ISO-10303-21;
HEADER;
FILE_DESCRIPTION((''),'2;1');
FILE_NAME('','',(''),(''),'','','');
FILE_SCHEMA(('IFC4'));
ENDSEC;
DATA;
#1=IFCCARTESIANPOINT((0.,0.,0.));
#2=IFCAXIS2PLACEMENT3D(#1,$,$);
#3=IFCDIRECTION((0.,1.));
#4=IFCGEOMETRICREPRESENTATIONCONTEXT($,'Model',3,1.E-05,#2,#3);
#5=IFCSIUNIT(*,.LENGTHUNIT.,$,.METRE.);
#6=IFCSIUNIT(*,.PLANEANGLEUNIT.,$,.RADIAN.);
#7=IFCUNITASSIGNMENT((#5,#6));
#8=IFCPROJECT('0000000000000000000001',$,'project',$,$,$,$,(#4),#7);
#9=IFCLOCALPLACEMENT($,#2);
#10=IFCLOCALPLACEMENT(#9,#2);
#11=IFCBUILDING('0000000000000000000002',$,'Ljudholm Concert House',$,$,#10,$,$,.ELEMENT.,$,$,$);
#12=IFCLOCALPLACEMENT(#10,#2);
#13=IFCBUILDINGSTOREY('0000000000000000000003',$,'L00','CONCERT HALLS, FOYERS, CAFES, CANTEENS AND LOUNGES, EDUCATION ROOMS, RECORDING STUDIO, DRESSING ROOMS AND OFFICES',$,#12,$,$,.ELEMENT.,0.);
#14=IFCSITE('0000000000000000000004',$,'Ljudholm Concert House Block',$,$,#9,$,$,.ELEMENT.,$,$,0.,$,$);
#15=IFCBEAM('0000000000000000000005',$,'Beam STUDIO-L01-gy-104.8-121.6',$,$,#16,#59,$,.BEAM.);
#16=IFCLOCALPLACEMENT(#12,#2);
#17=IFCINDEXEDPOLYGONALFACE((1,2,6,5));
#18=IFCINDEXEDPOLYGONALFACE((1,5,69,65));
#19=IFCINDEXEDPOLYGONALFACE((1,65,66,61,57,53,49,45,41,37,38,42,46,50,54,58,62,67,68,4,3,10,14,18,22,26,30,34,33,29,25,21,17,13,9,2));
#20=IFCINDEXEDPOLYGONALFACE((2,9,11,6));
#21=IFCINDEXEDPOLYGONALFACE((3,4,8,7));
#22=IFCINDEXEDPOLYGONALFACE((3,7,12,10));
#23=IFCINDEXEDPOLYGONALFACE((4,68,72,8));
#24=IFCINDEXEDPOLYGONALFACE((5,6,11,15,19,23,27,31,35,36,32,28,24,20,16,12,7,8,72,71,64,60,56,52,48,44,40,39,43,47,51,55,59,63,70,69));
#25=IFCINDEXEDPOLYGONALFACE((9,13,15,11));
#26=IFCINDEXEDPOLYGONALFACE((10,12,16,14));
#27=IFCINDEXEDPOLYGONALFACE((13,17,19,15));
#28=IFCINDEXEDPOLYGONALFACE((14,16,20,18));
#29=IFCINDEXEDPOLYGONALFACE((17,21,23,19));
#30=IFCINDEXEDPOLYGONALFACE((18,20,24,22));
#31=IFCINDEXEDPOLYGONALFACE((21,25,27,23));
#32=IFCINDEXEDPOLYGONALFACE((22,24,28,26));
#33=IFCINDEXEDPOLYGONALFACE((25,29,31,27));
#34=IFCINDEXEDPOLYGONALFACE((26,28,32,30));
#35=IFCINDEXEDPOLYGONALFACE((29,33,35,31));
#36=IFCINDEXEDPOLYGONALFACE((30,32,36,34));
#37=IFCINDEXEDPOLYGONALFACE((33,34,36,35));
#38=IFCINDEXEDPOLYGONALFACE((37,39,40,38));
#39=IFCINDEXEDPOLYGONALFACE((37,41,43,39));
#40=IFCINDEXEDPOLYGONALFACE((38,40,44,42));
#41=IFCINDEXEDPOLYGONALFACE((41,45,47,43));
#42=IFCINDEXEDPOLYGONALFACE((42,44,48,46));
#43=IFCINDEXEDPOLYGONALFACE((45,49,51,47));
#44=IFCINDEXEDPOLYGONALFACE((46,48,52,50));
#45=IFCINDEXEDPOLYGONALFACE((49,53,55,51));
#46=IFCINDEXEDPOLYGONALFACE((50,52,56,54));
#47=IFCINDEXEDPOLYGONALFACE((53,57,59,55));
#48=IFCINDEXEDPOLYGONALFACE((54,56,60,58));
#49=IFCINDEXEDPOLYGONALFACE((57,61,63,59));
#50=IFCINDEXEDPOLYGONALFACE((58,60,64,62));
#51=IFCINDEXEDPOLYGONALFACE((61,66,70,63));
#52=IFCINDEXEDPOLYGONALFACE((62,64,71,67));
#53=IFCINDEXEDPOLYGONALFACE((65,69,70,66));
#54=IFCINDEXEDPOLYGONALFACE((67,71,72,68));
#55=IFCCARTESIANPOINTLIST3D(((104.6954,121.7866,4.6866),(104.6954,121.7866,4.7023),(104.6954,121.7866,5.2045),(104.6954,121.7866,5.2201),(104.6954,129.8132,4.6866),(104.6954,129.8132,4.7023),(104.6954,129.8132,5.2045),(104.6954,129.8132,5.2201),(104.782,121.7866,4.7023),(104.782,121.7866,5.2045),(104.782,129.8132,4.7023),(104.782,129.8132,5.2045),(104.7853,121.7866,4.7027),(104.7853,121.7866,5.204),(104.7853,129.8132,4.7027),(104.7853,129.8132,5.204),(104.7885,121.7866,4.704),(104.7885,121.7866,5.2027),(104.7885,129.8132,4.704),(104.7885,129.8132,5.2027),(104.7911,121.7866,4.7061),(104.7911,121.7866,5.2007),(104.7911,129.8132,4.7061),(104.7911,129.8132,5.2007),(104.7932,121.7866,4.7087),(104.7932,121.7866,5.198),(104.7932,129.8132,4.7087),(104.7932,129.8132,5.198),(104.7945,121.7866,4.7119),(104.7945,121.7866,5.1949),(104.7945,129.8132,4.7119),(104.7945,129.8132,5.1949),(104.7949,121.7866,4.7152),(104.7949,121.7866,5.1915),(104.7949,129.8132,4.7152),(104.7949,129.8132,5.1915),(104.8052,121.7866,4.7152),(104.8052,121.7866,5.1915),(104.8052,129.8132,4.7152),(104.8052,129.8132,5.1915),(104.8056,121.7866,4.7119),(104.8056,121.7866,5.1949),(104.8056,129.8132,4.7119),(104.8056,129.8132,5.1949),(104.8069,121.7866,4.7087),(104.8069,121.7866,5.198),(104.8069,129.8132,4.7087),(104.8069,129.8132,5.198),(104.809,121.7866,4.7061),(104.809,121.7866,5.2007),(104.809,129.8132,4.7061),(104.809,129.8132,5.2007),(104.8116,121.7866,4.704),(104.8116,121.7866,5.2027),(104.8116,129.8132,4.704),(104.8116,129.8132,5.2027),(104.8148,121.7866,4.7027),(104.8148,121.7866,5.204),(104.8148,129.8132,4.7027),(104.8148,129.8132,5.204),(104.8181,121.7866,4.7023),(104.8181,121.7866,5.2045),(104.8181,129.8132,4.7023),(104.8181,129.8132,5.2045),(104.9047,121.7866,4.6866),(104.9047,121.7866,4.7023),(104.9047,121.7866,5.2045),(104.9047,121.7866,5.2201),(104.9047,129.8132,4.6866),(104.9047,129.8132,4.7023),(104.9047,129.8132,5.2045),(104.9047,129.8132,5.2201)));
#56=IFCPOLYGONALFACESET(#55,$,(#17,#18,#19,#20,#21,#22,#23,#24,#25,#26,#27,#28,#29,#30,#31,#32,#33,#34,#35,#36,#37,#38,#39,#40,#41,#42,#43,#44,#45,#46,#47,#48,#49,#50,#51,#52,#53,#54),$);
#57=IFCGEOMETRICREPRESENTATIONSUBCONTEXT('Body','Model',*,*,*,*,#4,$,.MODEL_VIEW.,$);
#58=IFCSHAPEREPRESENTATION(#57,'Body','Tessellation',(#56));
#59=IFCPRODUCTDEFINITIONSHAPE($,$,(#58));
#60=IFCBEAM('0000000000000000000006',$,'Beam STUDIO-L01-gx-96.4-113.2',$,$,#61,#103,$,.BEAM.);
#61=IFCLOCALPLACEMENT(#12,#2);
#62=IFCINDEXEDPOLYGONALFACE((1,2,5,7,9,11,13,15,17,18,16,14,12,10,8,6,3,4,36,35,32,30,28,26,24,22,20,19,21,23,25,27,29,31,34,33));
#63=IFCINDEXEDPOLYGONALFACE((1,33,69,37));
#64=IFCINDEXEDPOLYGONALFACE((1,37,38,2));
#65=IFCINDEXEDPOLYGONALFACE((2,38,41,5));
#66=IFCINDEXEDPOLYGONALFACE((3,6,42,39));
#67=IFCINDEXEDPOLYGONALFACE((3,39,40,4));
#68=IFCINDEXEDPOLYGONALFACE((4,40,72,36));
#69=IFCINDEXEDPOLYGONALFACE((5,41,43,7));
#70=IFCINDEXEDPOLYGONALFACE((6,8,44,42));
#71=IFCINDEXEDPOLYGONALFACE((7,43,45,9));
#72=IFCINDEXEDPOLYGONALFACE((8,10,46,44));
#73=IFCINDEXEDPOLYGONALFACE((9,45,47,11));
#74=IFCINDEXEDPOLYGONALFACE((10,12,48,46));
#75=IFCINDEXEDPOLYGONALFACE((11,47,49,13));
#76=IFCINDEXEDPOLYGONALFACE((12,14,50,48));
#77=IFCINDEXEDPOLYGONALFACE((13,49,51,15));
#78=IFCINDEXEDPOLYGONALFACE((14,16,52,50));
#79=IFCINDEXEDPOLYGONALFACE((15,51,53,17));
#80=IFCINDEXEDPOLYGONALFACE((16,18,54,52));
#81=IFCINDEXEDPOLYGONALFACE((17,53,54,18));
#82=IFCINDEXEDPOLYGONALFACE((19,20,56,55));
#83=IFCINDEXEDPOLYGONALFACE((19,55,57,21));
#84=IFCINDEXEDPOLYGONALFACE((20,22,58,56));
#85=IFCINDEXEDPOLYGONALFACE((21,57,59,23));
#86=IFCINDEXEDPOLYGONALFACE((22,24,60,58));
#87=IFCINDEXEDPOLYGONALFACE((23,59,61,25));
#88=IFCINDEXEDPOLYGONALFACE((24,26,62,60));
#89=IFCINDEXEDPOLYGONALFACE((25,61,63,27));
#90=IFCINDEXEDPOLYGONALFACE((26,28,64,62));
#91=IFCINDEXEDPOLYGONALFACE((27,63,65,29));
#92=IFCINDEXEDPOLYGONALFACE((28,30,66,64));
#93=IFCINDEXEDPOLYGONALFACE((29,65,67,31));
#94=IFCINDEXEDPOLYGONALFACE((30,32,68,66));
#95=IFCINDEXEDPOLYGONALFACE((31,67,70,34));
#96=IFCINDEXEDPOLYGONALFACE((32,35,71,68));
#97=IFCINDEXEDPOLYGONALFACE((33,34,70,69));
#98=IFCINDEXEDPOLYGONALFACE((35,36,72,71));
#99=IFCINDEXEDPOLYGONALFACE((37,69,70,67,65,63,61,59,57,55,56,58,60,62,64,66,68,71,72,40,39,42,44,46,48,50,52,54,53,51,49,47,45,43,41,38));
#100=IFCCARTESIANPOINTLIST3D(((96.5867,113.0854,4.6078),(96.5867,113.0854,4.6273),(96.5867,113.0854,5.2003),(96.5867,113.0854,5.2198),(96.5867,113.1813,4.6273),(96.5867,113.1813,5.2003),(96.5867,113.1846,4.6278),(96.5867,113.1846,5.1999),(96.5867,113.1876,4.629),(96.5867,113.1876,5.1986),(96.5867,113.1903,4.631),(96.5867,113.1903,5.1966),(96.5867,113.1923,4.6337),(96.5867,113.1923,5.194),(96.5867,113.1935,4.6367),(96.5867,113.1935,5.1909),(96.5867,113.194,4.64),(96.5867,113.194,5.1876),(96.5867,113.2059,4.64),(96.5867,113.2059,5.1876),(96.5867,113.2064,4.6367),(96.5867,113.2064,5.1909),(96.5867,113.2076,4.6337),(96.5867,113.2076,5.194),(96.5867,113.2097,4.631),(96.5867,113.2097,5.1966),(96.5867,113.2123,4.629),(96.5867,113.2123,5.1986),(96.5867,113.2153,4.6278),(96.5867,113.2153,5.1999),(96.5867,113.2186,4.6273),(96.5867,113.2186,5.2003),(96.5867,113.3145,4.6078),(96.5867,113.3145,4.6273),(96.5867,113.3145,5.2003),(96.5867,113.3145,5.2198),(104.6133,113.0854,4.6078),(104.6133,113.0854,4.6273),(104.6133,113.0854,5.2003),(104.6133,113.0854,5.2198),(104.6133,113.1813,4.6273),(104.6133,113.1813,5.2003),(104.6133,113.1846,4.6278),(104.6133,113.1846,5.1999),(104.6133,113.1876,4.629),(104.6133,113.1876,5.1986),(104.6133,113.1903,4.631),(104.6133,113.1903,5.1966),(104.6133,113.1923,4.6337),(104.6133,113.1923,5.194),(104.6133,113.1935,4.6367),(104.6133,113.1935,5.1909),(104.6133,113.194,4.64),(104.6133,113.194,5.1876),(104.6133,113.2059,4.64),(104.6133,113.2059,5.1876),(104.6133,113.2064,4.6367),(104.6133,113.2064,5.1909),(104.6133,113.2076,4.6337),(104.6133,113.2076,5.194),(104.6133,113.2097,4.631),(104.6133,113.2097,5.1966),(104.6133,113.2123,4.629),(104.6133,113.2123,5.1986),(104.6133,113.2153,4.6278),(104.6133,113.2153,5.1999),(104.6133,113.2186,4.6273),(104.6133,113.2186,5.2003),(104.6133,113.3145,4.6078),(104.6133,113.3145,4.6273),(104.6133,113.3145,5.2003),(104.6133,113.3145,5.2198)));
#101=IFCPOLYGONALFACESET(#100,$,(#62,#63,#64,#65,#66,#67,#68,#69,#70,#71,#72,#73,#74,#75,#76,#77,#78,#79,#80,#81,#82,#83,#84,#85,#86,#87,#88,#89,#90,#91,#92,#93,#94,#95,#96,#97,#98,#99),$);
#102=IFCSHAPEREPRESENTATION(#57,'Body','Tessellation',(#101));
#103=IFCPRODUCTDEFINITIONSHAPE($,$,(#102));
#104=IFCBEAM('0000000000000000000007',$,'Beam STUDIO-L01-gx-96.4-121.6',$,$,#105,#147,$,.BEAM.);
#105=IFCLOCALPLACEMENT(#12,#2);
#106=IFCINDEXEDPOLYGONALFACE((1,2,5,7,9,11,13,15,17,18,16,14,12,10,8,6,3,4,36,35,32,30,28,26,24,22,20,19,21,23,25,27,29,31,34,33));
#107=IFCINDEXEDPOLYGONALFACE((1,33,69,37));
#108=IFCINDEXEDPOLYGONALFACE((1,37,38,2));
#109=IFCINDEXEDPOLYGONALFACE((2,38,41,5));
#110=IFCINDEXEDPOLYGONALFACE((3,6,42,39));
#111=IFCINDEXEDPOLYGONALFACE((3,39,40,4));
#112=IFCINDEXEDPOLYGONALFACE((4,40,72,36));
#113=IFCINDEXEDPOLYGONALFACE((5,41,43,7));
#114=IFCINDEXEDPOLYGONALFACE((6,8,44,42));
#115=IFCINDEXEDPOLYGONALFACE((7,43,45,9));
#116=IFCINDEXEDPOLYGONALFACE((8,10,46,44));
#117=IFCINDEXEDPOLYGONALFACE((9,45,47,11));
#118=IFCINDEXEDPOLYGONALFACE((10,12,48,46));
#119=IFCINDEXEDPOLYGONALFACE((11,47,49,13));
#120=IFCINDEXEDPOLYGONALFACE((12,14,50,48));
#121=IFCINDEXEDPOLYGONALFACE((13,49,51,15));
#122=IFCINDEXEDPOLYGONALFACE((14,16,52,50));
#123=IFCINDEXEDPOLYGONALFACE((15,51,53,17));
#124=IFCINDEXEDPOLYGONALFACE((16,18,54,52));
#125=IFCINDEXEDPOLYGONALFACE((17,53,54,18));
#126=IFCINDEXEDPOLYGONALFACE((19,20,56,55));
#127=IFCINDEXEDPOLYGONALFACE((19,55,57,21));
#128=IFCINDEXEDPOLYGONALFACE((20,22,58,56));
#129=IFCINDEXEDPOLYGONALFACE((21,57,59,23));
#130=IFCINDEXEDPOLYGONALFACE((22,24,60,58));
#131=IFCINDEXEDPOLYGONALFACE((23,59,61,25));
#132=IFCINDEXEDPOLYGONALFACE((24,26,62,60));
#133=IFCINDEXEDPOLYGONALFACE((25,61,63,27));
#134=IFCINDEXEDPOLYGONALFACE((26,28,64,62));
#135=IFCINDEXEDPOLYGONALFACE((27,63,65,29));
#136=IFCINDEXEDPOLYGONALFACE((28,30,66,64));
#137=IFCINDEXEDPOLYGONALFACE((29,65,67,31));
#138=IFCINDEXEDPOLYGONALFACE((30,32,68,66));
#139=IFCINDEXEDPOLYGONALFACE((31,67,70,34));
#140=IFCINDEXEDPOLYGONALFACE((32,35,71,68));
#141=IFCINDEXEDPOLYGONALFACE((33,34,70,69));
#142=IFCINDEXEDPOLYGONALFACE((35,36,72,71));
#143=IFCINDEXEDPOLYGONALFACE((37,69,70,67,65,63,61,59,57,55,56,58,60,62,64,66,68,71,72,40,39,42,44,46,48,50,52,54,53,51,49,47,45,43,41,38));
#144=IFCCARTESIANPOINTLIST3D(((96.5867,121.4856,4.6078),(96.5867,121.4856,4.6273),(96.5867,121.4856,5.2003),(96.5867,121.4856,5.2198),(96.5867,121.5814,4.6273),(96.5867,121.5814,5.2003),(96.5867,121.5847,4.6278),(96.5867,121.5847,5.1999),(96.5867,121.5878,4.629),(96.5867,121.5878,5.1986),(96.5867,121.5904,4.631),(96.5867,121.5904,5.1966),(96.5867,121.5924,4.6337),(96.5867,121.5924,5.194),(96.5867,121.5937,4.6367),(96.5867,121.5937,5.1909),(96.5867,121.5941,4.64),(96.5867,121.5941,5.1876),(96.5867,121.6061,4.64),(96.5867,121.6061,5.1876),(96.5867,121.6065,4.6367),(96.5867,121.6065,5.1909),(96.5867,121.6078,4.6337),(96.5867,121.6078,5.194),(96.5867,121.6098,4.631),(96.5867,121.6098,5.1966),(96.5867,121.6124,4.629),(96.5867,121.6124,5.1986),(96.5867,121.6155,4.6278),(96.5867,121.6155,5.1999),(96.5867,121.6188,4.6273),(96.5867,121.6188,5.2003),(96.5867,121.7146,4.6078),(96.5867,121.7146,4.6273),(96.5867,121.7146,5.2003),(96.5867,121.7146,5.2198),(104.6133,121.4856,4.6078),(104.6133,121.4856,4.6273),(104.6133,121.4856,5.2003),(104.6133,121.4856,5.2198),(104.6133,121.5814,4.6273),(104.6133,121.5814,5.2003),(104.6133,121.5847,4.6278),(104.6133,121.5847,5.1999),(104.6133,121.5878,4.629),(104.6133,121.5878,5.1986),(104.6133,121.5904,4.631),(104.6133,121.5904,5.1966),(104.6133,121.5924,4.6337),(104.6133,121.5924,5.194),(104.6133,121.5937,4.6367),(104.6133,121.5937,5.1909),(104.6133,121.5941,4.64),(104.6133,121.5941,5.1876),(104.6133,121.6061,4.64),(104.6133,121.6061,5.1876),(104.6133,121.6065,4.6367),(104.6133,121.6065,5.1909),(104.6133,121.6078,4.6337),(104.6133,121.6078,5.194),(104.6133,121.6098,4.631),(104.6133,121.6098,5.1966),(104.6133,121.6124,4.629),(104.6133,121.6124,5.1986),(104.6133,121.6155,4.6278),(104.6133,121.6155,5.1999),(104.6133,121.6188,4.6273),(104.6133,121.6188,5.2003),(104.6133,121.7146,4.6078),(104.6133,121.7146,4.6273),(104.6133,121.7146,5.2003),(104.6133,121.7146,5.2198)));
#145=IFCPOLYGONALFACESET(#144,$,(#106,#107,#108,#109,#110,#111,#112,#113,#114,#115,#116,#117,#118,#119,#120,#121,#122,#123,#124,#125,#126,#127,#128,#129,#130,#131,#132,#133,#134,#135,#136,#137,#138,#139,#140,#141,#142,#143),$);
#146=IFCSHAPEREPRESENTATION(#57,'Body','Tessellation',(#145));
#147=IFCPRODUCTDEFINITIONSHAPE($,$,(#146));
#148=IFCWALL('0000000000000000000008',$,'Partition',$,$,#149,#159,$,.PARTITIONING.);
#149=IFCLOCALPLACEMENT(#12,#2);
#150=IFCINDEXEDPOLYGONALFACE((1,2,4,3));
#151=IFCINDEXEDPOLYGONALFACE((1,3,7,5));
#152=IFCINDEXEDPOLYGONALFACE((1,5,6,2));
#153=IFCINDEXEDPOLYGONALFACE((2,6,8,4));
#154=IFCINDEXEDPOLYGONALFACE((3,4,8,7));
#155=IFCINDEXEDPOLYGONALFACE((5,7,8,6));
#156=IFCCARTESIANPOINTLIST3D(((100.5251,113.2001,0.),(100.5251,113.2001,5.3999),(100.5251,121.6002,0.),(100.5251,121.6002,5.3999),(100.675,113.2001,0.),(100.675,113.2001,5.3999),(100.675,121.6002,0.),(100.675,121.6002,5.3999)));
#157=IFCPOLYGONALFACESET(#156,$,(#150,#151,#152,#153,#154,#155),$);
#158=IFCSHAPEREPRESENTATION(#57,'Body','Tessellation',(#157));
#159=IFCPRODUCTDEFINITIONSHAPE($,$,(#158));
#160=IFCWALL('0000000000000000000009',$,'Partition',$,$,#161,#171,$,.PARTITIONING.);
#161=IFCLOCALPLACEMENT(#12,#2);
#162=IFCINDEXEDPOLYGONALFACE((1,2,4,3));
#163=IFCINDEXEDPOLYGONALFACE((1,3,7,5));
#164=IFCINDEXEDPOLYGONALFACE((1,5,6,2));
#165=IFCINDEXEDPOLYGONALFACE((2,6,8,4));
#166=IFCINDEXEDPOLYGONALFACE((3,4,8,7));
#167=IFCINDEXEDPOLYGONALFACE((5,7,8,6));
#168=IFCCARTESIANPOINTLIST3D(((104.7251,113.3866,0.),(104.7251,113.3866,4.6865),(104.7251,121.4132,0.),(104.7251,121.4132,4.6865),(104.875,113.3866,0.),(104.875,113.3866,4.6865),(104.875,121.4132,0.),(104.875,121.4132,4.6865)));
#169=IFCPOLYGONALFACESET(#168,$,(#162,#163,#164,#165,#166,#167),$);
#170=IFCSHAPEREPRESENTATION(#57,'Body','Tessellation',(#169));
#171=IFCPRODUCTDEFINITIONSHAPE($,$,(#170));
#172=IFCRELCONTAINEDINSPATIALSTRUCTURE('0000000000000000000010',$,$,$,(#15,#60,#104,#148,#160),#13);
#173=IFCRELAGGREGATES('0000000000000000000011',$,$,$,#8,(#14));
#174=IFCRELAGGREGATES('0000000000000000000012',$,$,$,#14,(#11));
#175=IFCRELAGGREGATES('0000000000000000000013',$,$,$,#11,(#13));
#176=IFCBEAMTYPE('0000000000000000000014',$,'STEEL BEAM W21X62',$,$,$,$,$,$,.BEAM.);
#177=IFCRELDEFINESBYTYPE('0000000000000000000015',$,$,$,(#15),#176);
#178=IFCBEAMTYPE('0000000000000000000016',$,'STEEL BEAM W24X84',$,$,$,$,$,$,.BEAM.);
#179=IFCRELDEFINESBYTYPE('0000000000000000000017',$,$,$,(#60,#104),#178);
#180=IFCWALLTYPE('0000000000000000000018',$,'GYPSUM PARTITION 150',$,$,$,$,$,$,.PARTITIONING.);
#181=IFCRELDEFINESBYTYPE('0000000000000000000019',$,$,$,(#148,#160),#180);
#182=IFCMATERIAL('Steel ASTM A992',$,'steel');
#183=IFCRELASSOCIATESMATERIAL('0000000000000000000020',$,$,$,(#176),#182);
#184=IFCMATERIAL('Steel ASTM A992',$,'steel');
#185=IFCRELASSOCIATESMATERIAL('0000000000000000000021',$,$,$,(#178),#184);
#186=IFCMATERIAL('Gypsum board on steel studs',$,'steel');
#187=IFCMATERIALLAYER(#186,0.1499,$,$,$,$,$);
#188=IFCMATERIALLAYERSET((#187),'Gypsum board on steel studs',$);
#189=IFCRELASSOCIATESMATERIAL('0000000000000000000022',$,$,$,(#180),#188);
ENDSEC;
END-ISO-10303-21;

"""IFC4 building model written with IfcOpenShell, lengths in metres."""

from ifc_helpers import new_model, si_unit, direction, frame, frame_2d, origin, origin_2d, place, context, subcontext, project, spatial, rectangle, i_section, extrude, material, layer, layer_set, material_profile, profile_set, type_object, element, save


model = new_model("IFC4")

# Units and contexts
model_context = context("Model", 3, precision=1e-05, world=origin(), true_north=direction((0.0, 1.0)))
body_context = subcontext(model_context, "Body", "Model", "MODEL_VIEW")
ifc_project = project(units=[si_unit("LENGTHUNIT", "METRE"), si_unit("PLANEANGLEUNIT", "RADIAN")], contexts=[model_context])

# Site, building, storey
site_placement = place(None, origin())
site = spatial("IfcSite", under=ifc_project, at=site_placement, Name="Ljudholm Concert House Block", CompositionType="ELEMENT", RefElevation=0.0)
building_placement = place(site_placement, origin())
building = spatial("IfcBuilding", under=site, at=building_placement, Name="Ljudholm Concert House", CompositionType="ELEMENT")
storey_placement = place(building_placement, origin())
storey = spatial("IfcBuildingStorey", under=building, at=storey_placement, Name="L00", Description="CONCERT HALLS, FOYERS, CAFES, CANTEENS AND LOUNGES, EDUCATION ROOMS, RECORDING STUDIO, DRESSING ROOMS AND OFFICES", CompositionType="ELEMENT", Elevation=0.0)

# Beams
ifc_material_1 = material(Name="Steel ASTM A992", Category="steel")
ifc_material_profile_1 = material_profile(ifc_material_1, i_section(OverallWidth=0.2092, OverallDepth=0.5334, WebThickness=0.0103, FlangeThickness=0.0156, FilletRadius=0.0129, at=origin_2d()), Name="W21X62")
ifc_profile_set_1 = profile_set([ifc_material_profile_1], Name="Steel ASTM A992")
beam_type_1 = type_object("IfcBeamType", Name="STEEL BEAM W21X62", PredefinedType="BEAM", material=ifc_profile_set_1)
for number, where, z_axis, x_axis, name in (
    (1, (104.8, 121.7866, 4.9534), (0.0, 1.0, 0.0), (-1.0, 0.0, 0.0), "Beam STUDIO-L01-gy-104.8-121.6"),
):
    element("IfcBeam", number, at=place(storey_placement, frame(where, z_axis=z_axis, x_axis=x_axis)), inside=storey, type_object=beam_type_1, Name=name, PredefinedType="BEAM", context=body_context, shape_type="SweptSolid", body=[
        extrude(i_section(OverallWidth=0.2092, OverallDepth=0.5334, WebThickness=0.0103, FlangeThickness=0.0156, FilletRadius=0.0129, at=origin_2d()), origin(), (0.0, 0.0, 1.0), 8.0266),
    ])
ifc_material_2 = material(Name="Steel ASTM A992", Category="steel")
ifc_material_profile_2 = material_profile(ifc_material_2, i_section(OverallWidth=0.229, OverallDepth=0.6121, WebThickness=0.012, FlangeThickness=0.0195, FilletRadius=0.0127, at=origin_2d()), Name="W24X84")
ifc_profile_set_2 = profile_set([ifc_material_profile_2], Name="Steel ASTM A992")
beam_type_2 = type_object("IfcBeamType", Name="STEEL BEAM W24X84", PredefinedType="BEAM", material=ifc_profile_set_2)
for number, where, z_axis, x_axis, name in (
    (2, (96.5867, 113.2, 4.9138), (1.0, 0.0, 0.0), (0.0, 1.0, 0.0), "Beam STUDIO-L01-gx-96.4-113.2"),
    (3, (96.5867, 121.6001, 4.9138), (1.0, 0.0, 0.0), (0.0, 1.0, 0.0), "Beam STUDIO-L01-gx-96.4-121.6"),
):
    element("IfcBeam", number, at=place(storey_placement, frame(where, z_axis=z_axis, x_axis=x_axis)), inside=storey, type_object=beam_type_2, Name=name, PredefinedType="BEAM", context=body_context, shape_type="SweptSolid", body=[
        extrude(i_section(OverallWidth=0.229, OverallDepth=0.6121, WebThickness=0.012, FlangeThickness=0.0195, FilletRadius=0.0127, at=origin_2d()), origin(), (0.0, 0.0, 1.0), 8.0266),
    ])

# Walls
ifc_material_3 = material(Name="Gypsum board on steel studs", Category="steel")
ifc_layer = layer(ifc_material_3, 0.1499)
ifc_layer_set = layer_set([ifc_layer], Name="Gypsum board on steel studs")
wall_type = type_object("IfcWallType", Name="GYPSUM PARTITION 150", PredefinedType="PARTITIONING", material=ifc_layer_set)
wall_1_placement = place(storey_placement, frame((100.6001, 113.2, 0.0), z_axis=(0.0, 0.0, 1.0), x_axis=(0.0, 1.0, 0.0)))
element("IfcWall", 4, at=wall_1_placement, inside=storey, type_object=wall_type, Name="Partition", PredefinedType="PARTITIONING", context=body_context, shape_type="SweptSolid", body=[
    extrude(rectangle(XDim=8.4001, YDim=0.1499, at=frame_2d((4.2002, 0.0))), origin(), (0.0, 0.0, 1.0), 5.3999),
])
wall_2_placement = place(storey_placement, frame((104.8, 113.3867, 0.0), z_axis=(0.0, 0.0, 1.0), x_axis=(0.0, 1.0, 0.0)))
element("IfcWall", 5, at=wall_2_placement, inside=storey, type_object=wall_type, Name="Partition", PredefinedType="PARTITIONING", context=body_context, shape_type="SweptSolid", body=[
    extrude(rectangle(XDim=8.0266, YDim=0.1499, at=frame_2d((4.0132, 0.0))), origin(), (0.0, 0.0, 1.0), 4.6865),
])

save(model, "model.ifc")
